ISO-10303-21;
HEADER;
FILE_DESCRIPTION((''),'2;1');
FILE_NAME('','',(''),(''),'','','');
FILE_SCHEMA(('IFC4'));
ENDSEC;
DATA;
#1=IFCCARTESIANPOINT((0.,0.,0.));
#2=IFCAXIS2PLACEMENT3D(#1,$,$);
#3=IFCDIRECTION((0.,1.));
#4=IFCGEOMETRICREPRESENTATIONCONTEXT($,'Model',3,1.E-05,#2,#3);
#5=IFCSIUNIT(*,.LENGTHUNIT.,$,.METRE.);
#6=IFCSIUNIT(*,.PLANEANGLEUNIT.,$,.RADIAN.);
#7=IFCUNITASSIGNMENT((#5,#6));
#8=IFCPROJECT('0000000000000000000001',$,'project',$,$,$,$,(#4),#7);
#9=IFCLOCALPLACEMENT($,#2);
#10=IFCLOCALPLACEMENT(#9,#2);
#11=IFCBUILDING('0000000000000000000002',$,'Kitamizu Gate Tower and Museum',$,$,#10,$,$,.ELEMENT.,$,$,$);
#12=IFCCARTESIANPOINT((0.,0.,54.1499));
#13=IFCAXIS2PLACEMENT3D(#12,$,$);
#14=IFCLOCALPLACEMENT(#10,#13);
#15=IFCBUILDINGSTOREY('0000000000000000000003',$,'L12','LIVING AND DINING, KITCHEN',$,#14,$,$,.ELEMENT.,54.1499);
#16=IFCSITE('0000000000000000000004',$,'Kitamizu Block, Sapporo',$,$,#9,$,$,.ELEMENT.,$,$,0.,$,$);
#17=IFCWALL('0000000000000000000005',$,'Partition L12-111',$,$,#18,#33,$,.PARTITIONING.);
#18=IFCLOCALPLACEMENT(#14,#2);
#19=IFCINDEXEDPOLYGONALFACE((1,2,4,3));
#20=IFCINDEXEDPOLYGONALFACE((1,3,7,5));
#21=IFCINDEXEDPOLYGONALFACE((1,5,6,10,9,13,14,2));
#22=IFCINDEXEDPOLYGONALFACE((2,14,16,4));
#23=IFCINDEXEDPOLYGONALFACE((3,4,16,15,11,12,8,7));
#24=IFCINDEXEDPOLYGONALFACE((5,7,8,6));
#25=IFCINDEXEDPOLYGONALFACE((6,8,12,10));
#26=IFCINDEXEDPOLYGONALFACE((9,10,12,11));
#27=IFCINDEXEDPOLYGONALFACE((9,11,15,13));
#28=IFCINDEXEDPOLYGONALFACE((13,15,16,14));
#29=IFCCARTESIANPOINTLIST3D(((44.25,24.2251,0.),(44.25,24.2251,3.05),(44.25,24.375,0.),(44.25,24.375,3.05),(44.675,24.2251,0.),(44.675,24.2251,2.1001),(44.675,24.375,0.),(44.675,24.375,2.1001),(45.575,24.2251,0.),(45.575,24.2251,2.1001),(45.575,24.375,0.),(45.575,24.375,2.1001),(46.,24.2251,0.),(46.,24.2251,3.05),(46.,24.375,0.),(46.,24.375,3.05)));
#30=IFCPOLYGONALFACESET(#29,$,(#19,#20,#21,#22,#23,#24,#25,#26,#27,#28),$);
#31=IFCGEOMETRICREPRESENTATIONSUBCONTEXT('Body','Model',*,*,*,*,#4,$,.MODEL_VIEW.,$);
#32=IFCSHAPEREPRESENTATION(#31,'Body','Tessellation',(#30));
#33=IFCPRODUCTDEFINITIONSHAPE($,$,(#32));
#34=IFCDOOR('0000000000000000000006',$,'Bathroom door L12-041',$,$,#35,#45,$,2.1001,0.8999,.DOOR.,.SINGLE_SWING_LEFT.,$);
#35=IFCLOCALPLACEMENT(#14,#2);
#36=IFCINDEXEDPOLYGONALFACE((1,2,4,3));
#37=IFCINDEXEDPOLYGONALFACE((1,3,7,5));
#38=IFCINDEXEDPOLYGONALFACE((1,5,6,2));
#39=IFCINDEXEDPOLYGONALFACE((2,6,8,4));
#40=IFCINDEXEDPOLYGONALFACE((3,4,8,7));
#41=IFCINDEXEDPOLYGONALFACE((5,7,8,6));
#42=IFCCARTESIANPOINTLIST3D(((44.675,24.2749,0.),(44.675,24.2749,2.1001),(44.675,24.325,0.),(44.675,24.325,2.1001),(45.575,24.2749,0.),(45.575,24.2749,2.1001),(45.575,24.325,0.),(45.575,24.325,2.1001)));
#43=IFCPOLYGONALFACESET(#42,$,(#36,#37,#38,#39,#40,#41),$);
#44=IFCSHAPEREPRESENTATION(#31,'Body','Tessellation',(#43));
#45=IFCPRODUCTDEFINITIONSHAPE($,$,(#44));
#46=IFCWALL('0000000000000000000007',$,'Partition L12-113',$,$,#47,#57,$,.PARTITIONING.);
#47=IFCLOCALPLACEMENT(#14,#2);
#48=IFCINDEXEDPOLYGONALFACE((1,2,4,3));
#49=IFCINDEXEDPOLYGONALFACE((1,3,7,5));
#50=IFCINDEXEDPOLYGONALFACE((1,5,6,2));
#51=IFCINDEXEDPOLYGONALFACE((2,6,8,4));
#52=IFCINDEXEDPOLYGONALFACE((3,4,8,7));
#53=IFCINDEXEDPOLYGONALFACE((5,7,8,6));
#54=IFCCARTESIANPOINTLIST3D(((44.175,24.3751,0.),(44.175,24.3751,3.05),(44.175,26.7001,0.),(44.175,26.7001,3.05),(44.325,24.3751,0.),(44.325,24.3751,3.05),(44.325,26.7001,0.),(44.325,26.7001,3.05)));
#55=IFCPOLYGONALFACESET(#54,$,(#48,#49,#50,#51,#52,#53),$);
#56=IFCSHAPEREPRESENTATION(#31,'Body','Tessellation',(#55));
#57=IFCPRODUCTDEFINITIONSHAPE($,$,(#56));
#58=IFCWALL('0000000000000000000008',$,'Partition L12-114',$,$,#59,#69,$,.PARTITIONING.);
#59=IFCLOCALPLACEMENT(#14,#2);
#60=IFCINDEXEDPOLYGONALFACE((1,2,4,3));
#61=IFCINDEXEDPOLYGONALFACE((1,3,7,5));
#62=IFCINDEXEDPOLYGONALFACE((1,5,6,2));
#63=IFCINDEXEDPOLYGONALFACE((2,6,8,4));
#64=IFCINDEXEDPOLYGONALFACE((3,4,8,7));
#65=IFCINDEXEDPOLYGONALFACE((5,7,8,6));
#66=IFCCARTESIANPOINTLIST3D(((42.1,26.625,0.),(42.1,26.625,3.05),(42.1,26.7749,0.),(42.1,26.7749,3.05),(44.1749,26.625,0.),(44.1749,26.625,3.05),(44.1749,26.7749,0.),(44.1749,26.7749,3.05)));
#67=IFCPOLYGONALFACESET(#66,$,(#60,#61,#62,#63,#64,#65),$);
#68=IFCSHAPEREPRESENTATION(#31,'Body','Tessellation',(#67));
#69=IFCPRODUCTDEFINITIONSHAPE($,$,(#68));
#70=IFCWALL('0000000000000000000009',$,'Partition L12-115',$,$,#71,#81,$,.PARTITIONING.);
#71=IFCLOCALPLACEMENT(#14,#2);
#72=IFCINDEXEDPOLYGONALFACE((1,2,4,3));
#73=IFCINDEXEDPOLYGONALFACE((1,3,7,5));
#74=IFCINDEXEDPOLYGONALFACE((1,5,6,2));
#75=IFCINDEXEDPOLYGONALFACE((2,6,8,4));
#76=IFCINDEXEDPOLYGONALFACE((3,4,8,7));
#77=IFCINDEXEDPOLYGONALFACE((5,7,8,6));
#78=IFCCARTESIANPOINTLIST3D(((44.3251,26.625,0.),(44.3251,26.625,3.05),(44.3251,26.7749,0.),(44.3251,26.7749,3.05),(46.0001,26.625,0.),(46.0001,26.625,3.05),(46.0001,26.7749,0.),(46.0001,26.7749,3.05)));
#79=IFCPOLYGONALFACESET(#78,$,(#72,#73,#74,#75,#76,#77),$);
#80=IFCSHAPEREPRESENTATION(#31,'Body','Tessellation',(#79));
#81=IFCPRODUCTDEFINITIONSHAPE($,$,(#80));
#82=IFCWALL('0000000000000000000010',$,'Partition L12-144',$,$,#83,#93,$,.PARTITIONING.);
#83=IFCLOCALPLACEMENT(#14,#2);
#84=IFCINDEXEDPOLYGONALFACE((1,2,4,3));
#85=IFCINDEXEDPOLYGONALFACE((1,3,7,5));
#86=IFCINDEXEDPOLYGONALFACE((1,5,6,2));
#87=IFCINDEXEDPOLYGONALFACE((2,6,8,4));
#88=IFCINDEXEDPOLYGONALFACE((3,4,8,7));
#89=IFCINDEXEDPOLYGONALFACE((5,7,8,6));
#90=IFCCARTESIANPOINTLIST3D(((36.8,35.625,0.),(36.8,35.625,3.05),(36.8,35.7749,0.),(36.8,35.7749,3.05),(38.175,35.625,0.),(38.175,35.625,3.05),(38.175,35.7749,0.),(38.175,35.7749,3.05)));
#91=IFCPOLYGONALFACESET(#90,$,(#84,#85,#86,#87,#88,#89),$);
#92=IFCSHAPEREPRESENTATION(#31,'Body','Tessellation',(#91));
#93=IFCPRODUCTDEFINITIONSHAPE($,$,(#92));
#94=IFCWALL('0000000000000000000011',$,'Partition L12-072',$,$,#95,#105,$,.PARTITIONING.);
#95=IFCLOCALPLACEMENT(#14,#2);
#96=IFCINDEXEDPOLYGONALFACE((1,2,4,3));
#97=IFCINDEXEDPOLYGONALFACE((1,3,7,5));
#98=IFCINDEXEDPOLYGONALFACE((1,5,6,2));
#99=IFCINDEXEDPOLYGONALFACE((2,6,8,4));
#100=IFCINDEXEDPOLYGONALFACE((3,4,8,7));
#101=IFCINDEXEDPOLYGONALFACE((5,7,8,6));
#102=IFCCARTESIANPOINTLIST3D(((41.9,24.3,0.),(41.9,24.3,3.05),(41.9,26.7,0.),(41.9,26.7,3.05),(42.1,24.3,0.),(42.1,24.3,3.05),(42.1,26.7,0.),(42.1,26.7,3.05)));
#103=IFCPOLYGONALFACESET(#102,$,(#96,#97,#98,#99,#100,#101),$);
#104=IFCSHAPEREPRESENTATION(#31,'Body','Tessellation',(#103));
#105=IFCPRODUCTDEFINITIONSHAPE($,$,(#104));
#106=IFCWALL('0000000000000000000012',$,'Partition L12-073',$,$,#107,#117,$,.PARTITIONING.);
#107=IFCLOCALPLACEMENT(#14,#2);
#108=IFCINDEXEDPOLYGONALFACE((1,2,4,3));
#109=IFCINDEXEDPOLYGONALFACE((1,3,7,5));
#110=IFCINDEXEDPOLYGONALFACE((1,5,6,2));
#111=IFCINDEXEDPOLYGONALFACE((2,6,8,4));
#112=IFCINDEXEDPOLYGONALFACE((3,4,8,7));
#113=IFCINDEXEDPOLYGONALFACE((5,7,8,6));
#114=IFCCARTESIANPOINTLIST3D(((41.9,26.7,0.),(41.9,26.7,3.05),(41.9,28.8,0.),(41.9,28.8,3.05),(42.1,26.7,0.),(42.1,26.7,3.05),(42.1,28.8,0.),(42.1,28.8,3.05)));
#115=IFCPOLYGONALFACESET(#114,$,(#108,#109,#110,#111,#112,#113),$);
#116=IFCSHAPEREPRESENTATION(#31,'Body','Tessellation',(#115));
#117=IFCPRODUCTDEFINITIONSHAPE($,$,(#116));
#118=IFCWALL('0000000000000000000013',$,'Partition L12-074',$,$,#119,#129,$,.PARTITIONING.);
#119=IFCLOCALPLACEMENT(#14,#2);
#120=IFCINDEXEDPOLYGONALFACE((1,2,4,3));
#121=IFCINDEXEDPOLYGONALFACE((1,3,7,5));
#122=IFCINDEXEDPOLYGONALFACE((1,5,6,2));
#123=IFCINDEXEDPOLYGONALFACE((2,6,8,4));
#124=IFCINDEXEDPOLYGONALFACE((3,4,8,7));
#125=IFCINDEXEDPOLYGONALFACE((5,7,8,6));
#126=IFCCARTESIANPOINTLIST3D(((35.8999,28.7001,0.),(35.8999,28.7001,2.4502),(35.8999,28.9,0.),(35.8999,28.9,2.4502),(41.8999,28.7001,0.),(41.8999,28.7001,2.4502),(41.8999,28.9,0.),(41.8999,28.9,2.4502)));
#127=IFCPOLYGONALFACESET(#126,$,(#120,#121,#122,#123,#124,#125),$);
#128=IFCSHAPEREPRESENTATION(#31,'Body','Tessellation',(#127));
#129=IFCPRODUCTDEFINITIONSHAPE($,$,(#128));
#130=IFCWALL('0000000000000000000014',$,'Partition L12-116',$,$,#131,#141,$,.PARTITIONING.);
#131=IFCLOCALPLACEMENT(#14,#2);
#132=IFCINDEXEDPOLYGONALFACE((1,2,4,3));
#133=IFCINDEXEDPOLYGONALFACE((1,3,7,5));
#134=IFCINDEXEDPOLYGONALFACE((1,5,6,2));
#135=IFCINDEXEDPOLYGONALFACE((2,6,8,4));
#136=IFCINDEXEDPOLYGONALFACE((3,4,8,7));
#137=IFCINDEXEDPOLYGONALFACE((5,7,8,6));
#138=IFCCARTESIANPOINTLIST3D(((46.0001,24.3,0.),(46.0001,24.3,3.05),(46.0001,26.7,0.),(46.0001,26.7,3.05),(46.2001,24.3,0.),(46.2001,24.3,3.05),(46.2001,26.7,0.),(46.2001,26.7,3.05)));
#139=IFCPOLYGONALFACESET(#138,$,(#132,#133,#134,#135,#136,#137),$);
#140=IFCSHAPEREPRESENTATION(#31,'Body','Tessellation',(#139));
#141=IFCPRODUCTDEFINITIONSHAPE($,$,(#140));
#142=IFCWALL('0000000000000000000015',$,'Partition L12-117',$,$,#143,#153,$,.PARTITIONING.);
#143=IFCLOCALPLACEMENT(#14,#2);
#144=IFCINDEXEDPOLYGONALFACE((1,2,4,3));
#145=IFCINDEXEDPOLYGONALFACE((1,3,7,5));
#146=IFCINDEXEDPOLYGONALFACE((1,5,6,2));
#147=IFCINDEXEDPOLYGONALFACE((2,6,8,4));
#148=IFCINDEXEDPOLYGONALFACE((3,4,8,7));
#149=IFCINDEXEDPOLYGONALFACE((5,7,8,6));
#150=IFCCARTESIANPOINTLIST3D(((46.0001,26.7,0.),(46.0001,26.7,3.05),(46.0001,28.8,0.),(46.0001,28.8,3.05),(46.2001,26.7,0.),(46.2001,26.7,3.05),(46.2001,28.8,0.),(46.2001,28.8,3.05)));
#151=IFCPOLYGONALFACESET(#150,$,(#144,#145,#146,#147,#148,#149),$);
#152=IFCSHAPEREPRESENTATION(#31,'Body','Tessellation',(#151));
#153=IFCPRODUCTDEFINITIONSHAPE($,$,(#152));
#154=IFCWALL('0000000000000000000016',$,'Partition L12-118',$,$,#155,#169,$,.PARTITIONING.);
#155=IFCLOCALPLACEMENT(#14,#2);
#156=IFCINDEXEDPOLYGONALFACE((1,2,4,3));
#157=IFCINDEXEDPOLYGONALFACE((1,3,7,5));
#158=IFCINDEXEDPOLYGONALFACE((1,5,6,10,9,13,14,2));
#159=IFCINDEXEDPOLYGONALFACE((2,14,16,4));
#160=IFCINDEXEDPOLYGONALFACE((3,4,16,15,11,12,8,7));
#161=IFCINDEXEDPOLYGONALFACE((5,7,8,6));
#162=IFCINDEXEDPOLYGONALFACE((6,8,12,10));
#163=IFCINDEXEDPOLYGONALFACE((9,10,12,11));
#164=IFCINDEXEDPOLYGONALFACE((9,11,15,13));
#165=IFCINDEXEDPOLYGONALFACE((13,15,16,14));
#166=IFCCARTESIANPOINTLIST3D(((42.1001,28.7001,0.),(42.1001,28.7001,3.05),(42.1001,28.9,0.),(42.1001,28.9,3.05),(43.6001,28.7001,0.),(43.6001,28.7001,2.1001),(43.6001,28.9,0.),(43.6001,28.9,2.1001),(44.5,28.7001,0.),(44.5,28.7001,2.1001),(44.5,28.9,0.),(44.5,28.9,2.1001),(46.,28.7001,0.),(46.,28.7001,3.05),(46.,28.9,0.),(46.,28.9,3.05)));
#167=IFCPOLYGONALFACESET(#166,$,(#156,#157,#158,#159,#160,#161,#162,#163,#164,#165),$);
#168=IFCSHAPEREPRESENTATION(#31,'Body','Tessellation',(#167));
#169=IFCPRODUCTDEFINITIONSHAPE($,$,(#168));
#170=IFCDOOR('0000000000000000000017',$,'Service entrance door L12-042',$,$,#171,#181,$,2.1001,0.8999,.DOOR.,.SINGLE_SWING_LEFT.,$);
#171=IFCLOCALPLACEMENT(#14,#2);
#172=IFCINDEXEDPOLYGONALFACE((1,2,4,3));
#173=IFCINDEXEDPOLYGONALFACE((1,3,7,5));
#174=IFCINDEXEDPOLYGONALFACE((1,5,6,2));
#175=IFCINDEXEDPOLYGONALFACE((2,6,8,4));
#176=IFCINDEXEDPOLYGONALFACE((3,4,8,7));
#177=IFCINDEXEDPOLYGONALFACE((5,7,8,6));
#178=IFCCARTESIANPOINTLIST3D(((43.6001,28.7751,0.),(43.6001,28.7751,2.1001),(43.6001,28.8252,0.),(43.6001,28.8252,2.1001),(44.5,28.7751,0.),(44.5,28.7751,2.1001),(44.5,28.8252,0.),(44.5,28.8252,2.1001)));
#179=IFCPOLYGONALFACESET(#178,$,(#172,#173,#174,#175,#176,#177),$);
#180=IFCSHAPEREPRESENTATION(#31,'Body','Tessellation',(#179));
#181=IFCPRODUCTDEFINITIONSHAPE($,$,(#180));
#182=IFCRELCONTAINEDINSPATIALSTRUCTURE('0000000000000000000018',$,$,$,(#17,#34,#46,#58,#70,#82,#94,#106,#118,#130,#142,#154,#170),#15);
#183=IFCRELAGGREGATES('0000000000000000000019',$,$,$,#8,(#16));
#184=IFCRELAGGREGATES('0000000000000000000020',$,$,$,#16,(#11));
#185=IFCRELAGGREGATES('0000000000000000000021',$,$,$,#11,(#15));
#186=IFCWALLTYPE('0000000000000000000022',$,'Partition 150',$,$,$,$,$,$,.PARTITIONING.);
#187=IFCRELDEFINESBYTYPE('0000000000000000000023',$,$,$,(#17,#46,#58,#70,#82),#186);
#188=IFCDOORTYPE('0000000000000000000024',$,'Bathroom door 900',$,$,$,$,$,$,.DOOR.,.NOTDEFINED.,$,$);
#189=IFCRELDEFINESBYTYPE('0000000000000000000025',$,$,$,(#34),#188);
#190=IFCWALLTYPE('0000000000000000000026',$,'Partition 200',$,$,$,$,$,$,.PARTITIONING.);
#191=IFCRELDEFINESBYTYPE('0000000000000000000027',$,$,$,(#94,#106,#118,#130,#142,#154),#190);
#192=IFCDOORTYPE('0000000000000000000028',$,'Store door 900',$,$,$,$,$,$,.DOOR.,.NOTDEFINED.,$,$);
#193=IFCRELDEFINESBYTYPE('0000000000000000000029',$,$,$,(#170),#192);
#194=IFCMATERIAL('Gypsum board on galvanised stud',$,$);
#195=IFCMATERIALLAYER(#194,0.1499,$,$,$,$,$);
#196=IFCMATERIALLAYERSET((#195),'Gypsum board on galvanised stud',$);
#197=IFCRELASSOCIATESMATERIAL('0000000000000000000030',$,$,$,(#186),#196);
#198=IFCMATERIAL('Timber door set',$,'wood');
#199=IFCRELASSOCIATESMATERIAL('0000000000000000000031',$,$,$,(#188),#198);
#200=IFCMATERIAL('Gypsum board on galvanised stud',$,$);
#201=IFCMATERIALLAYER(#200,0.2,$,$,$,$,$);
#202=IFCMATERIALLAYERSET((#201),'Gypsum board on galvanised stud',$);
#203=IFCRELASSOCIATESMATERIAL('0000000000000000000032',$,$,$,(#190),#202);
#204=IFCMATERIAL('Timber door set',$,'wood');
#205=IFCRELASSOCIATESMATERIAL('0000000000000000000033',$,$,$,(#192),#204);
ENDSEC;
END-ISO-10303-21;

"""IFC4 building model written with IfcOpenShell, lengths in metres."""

from ifc_helpers import new_model, si_unit, direction, frame, frame_2d, origin, place, context, subcontext, project, spatial, rectangle, extrude, material, layer, layer_set, type_object, element, fill, save


model = new_model("IFC4")

# Units and contexts
model_context = context("Model", 3, precision=1e-05, world=origin(), true_north=direction((0.0, 1.0)))
body_context = subcontext(model_context, "Body", "Model", "MODEL_VIEW")
ifc_project = project(units=[si_unit("LENGTHUNIT", "METRE"), si_unit("PLANEANGLEUNIT", "RADIAN")], contexts=[model_context])

# Site, building, storey
site_placement = place(None, origin())
site = spatial("IfcSite", under=ifc_project, at=site_placement, Name="Kitamizu Block, Sapporo", CompositionType="ELEMENT", RefElevation=0.0)
building_placement = place(site_placement, origin())
building = spatial("IfcBuilding", under=site, at=building_placement, Name="Kitamizu Gate Tower and Museum", CompositionType="ELEMENT")
storey_placement = place(building_placement, frame((0.0, 0.0, 54.1499)))
storey = spatial("IfcBuildingStorey", under=building, at=storey_placement, Name="L12", Description="LIVING AND DINING, KITCHEN", CompositionType="ELEMENT", Elevation=54.1499)

# Wall, opening, door
ifc_material_1 = material(Name="Gypsum board on galvanised stud")
ifc_layer_1 = layer(ifc_material_1, 0.1499)
ifc_layer_set_1 = layer_set([ifc_layer_1], Name="Gypsum board on galvanised stud")
wall_type_1 = type_object("IfcWallType", Name="Partition 150", PredefinedType="PARTITIONING", material=ifc_layer_set_1)
ifc_material_2 = material(Name="Timber door set", Category="wood")
door_type_1 = type_object("IfcDoorType", Name="Bathroom door 900", OperationType="NOTDEFINED", PredefinedType="DOOR", material=ifc_material_2)
wall_1_placement = place(storey_placement, frame((46.0, 24.3, 0.0), z_axis=(0.0, 0.0, 1.0), x_axis=(-1.0, 0.0, 0.0)))
wall_1 = element("IfcWall", 1, at=wall_1_placement, inside=storey, type_object=wall_type_1, Name="Partition L12-111", PredefinedType="PARTITIONING", context=body_context, shape_type="SweptSolid", body=[
    extrude(rectangle(XDim=1.75, YDim=0.1499, at=frame_2d((0.875, 0.0))), origin(), (0.0, 0.0, 1.0), 3.05),
])
opening_1_placement = place(wall_1_placement, frame((0.425, 0.0, 0.0)))
opening_1 = element("IfcOpeningElement", 2, at=opening_1_placement, cuts=wall_1, PredefinedType="OPENING", context=body_context, shape_type="SweptSolid", body=[
    extrude(rectangle(XDim=0.8999, YDim=2.1001, at=frame_2d((0.45, 1.05))), frame((0.0, 0.085, 0.0), z_axis=(0.0, -1.0, 0.0), x_axis=(1.0, 0.0, 0.0)), (0.0, 0.0, 1.0), 0.1699),
])
door_1_placement = place(opening_1_placement, frame((0.8999, 0.0, 0.0), x_axis=(-1.0, 0.0, 0.0)))
door_1 = element("IfcDoor", 3, at=door_1_placement, inside=storey, type_object=door_type_1, Name="Bathroom door L12-041", OperationType="SINGLE_SWING_LEFT", OverallHeight=2.1001, OverallWidth=0.8999, PredefinedType="DOOR", context=body_context, shape_type="SweptSolid", body=[
    extrude(rectangle(XDim=0.8999, YDim=2.1001, at=frame_2d((0.45, 1.05))), frame((0.0, 0.0249, 0.0), z_axis=(0.0, -1.0, 0.0), x_axis=(1.0, 0.0, 0.0)), (0.0, 0.0, 1.0), 0.05),
])
fill(opening_1, door_1)

# Walls
wall_2_placement = place(storey_placement, frame((44.25, 24.375, 0.0), z_axis=(0.0, 0.0, 1.0), x_axis=(0.0, 1.0, 0.0)))
element("IfcWall", 4, at=wall_2_placement, inside=storey, type_object=wall_type_1, Name="Partition L12-113", PredefinedType="PARTITIONING", context=body_context, shape_type="SweptSolid", body=[
    extrude(rectangle(XDim=2.325, YDim=0.1499, at=frame_2d((1.1626, 0.0))), origin(), (0.0, 0.0, 1.0), 3.05),
])
wall_3_placement = place(storey_placement, frame((44.175, 26.7, 0.0), z_axis=(0.0, 0.0, 1.0), x_axis=(-1.0, 0.0, 0.0)))
element("IfcWall", 5, at=wall_3_placement, inside=storey, type_object=wall_type_1, Name="Partition L12-114", PredefinedType="PARTITIONING", context=body_context, shape_type="SweptSolid", body=[
    extrude(rectangle(XDim=2.075, YDim=0.1499, at=frame_2d((1.0376, 0.0))), origin(), (0.0, 0.0, 1.0), 3.05),
])
wall_4_placement = place(storey_placement, frame((46.0, 26.7, 0.0), z_axis=(0.0, 0.0, 1.0), x_axis=(-1.0, 0.0, 0.0)))
element("IfcWall", 6, at=wall_4_placement, inside=storey, type_object=wall_type_1, Name="Partition L12-115", PredefinedType="PARTITIONING", context=body_context, shape_type="SweptSolid", body=[
    extrude(rectangle(XDim=1.675, YDim=0.1499, at=frame_2d((0.8374, 0.0))), origin(), (0.0, 0.0, 1.0), 3.05),
])
wall_5_placement = place(storey_placement, frame((36.8, 35.7, 0.0), z_axis=(0.0, 0.0, 1.0), x_axis=(1.0, 0.0, 0.0)))
element("IfcWall", 7, at=wall_5_placement, inside=storey, type_object=wall_type_1, Name="Partition L12-144", PredefinedType="PARTITIONING", context=body_context, shape_type="SweptSolid", body=[
    extrude(rectangle(XDim=1.375, YDim=0.1499, at=frame_2d((0.6875, 0.0))), origin(), (0.0, 0.0, 1.0), 3.05),
])
ifc_material_3 = material(Name="Gypsum board on galvanised stud")
ifc_layer_2 = layer(ifc_material_3, 0.2)
ifc_layer_set_2 = layer_set([ifc_layer_2], Name="Gypsum board on galvanised stud")
wall_type_2 = type_object("IfcWallType", Name="Partition 200", PredefinedType="PARTITIONING", material=ifc_layer_set_2)
wall_6_placement = place(storey_placement, frame((42.0, 24.3, 0.0), z_axis=(0.0, 0.0, 1.0), x_axis=(0.0, 1.0, 0.0)))
element("IfcWall", 8, at=wall_6_placement, inside=storey, type_object=wall_type_2, Name="Partition L12-072", PredefinedType="PARTITIONING", context=body_context, shape_type="SweptSolid", body=[
    extrude(rectangle(XDim=2.3999, YDim=0.2, at=frame_2d((1.2, 0.0))), origin(), (0.0, 0.0, 1.0), 3.05),
])
wall_7_placement = place(storey_placement, frame((42.0, 26.7, 0.0), z_axis=(0.0, 0.0, 1.0), x_axis=(0.0, 1.0, 0.0)))
element("IfcWall", 9, at=wall_7_placement, inside=storey, type_object=wall_type_2, Name="Partition L12-073", PredefinedType="PARTITIONING", context=body_context, shape_type="SweptSolid", body=[
    extrude(rectangle(XDim=2.1001, YDim=0.2, at=frame_2d((1.05, 0.0))), origin(), (0.0, 0.0, 1.0), 3.05),
])
wall_8_placement = place(storey_placement, frame((41.8999, 28.8, 0.0), z_axis=(0.0, 0.0, 1.0), x_axis=(-1.0, 0.0, 0.0)))
element("IfcWall", 10, at=wall_8_placement, inside=storey, type_object=wall_type_2, Name="Partition L12-074", PredefinedType="PARTITIONING", context=body_context, shape_type="SweptSolid", body=[
    extrude(rectangle(XDim=6.0, YDim=0.2, at=frame_2d((3.0, 0.0))), origin(), (0.0, 0.0, 1.0), 2.4502),
])
wall_9_placement = place(storey_placement, frame((46.1001, 24.3, 0.0), z_axis=(0.0, 0.0, 1.0), x_axis=(0.0, 1.0, 0.0)))
element("IfcWall", 11, at=wall_9_placement, inside=storey, type_object=wall_type_2, Name="Partition L12-116", PredefinedType="PARTITIONING", context=body_context, shape_type="SweptSolid", body=[
    extrude(rectangle(XDim=2.3999, YDim=0.2, at=frame_2d((1.2, 0.0))), origin(), (0.0, 0.0, 1.0), 3.05),
])
wall_10_placement = place(storey_placement, frame((46.1001, 26.7, 0.0), z_axis=(0.0, 0.0, 1.0), x_axis=(0.0, 1.0, 0.0)))
element("IfcWall", 12, at=wall_10_placement, inside=storey, type_object=wall_type_2, Name="Partition L12-117", PredefinedType="PARTITIONING", context=body_context, shape_type="SweptSolid", body=[
    extrude(rectangle(XDim=2.1001, YDim=0.2, at=frame_2d((1.05, 0.0))), origin(), (0.0, 0.0, 1.0), 3.05),
])

# Wall, opening, door
wall_11_placement = place(storey_placement, frame((46.0, 28.8, 0.0), z_axis=(0.0, 0.0, 1.0), x_axis=(-1.0, 0.0, 0.0)))
wall_11 = element("IfcWall", 13, at=wall_11_placement, inside=storey, type_object=wall_type_2, Name="Partition L12-118", PredefinedType="PARTITIONING", context=body_context, shape_type="SweptSolid", body=[
    extrude(rectangle(XDim=3.8999, YDim=0.2, at=frame_2d((1.95, 0.0))), origin(), (0.0, 0.0, 1.0), 3.05),
])
opening_2_placement = place(wall_11_placement, frame((1.5, 0.0, 0.0)))
opening_2 = element("IfcOpeningElement", 14, at=opening_2_placement, cuts=wall_11, PredefinedType="OPENING", context=body_context, shape_type="SweptSolid", body=[
    extrude(rectangle(XDim=0.8999, YDim=2.1001, at=frame_2d((0.45, 1.05))), frame((0.0, 0.1099, 0.0), z_axis=(0.0, -1.0, 0.0), x_axis=(1.0, 0.0, 0.0)), (0.0, 0.0, 1.0), 0.22),
])
ifc_material_4 = material(Name="Timber door set", Category="wood")
door_type_2 = type_object("IfcDoorType", Name="Store door 900", OperationType="NOTDEFINED", PredefinedType="DOOR", material=ifc_material_4)
door_2_placement = place(opening_2_placement, origin())
door_2 = element("IfcDoor", 15, at=door_2_placement, inside=storey, type_object=door_type_2, Name="Service entrance door L12-042", OperationType="SINGLE_SWING_LEFT", OverallHeight=2.1001, OverallWidth=0.8999, PredefinedType="DOOR", context=body_context, shape_type="SweptSolid", body=[
    extrude(rectangle(XDim=0.8999, YDim=2.1001, at=frame_2d((0.45, 1.05))), frame((0.0, 0.0249, 0.0), z_axis=(0.0, -1.0, 0.0), x_axis=(1.0, 0.0, 0.0)), (0.0, 0.0, 1.0), 0.05),
])
fill(opening_2, door_2)

save(model, "model.ifc")
